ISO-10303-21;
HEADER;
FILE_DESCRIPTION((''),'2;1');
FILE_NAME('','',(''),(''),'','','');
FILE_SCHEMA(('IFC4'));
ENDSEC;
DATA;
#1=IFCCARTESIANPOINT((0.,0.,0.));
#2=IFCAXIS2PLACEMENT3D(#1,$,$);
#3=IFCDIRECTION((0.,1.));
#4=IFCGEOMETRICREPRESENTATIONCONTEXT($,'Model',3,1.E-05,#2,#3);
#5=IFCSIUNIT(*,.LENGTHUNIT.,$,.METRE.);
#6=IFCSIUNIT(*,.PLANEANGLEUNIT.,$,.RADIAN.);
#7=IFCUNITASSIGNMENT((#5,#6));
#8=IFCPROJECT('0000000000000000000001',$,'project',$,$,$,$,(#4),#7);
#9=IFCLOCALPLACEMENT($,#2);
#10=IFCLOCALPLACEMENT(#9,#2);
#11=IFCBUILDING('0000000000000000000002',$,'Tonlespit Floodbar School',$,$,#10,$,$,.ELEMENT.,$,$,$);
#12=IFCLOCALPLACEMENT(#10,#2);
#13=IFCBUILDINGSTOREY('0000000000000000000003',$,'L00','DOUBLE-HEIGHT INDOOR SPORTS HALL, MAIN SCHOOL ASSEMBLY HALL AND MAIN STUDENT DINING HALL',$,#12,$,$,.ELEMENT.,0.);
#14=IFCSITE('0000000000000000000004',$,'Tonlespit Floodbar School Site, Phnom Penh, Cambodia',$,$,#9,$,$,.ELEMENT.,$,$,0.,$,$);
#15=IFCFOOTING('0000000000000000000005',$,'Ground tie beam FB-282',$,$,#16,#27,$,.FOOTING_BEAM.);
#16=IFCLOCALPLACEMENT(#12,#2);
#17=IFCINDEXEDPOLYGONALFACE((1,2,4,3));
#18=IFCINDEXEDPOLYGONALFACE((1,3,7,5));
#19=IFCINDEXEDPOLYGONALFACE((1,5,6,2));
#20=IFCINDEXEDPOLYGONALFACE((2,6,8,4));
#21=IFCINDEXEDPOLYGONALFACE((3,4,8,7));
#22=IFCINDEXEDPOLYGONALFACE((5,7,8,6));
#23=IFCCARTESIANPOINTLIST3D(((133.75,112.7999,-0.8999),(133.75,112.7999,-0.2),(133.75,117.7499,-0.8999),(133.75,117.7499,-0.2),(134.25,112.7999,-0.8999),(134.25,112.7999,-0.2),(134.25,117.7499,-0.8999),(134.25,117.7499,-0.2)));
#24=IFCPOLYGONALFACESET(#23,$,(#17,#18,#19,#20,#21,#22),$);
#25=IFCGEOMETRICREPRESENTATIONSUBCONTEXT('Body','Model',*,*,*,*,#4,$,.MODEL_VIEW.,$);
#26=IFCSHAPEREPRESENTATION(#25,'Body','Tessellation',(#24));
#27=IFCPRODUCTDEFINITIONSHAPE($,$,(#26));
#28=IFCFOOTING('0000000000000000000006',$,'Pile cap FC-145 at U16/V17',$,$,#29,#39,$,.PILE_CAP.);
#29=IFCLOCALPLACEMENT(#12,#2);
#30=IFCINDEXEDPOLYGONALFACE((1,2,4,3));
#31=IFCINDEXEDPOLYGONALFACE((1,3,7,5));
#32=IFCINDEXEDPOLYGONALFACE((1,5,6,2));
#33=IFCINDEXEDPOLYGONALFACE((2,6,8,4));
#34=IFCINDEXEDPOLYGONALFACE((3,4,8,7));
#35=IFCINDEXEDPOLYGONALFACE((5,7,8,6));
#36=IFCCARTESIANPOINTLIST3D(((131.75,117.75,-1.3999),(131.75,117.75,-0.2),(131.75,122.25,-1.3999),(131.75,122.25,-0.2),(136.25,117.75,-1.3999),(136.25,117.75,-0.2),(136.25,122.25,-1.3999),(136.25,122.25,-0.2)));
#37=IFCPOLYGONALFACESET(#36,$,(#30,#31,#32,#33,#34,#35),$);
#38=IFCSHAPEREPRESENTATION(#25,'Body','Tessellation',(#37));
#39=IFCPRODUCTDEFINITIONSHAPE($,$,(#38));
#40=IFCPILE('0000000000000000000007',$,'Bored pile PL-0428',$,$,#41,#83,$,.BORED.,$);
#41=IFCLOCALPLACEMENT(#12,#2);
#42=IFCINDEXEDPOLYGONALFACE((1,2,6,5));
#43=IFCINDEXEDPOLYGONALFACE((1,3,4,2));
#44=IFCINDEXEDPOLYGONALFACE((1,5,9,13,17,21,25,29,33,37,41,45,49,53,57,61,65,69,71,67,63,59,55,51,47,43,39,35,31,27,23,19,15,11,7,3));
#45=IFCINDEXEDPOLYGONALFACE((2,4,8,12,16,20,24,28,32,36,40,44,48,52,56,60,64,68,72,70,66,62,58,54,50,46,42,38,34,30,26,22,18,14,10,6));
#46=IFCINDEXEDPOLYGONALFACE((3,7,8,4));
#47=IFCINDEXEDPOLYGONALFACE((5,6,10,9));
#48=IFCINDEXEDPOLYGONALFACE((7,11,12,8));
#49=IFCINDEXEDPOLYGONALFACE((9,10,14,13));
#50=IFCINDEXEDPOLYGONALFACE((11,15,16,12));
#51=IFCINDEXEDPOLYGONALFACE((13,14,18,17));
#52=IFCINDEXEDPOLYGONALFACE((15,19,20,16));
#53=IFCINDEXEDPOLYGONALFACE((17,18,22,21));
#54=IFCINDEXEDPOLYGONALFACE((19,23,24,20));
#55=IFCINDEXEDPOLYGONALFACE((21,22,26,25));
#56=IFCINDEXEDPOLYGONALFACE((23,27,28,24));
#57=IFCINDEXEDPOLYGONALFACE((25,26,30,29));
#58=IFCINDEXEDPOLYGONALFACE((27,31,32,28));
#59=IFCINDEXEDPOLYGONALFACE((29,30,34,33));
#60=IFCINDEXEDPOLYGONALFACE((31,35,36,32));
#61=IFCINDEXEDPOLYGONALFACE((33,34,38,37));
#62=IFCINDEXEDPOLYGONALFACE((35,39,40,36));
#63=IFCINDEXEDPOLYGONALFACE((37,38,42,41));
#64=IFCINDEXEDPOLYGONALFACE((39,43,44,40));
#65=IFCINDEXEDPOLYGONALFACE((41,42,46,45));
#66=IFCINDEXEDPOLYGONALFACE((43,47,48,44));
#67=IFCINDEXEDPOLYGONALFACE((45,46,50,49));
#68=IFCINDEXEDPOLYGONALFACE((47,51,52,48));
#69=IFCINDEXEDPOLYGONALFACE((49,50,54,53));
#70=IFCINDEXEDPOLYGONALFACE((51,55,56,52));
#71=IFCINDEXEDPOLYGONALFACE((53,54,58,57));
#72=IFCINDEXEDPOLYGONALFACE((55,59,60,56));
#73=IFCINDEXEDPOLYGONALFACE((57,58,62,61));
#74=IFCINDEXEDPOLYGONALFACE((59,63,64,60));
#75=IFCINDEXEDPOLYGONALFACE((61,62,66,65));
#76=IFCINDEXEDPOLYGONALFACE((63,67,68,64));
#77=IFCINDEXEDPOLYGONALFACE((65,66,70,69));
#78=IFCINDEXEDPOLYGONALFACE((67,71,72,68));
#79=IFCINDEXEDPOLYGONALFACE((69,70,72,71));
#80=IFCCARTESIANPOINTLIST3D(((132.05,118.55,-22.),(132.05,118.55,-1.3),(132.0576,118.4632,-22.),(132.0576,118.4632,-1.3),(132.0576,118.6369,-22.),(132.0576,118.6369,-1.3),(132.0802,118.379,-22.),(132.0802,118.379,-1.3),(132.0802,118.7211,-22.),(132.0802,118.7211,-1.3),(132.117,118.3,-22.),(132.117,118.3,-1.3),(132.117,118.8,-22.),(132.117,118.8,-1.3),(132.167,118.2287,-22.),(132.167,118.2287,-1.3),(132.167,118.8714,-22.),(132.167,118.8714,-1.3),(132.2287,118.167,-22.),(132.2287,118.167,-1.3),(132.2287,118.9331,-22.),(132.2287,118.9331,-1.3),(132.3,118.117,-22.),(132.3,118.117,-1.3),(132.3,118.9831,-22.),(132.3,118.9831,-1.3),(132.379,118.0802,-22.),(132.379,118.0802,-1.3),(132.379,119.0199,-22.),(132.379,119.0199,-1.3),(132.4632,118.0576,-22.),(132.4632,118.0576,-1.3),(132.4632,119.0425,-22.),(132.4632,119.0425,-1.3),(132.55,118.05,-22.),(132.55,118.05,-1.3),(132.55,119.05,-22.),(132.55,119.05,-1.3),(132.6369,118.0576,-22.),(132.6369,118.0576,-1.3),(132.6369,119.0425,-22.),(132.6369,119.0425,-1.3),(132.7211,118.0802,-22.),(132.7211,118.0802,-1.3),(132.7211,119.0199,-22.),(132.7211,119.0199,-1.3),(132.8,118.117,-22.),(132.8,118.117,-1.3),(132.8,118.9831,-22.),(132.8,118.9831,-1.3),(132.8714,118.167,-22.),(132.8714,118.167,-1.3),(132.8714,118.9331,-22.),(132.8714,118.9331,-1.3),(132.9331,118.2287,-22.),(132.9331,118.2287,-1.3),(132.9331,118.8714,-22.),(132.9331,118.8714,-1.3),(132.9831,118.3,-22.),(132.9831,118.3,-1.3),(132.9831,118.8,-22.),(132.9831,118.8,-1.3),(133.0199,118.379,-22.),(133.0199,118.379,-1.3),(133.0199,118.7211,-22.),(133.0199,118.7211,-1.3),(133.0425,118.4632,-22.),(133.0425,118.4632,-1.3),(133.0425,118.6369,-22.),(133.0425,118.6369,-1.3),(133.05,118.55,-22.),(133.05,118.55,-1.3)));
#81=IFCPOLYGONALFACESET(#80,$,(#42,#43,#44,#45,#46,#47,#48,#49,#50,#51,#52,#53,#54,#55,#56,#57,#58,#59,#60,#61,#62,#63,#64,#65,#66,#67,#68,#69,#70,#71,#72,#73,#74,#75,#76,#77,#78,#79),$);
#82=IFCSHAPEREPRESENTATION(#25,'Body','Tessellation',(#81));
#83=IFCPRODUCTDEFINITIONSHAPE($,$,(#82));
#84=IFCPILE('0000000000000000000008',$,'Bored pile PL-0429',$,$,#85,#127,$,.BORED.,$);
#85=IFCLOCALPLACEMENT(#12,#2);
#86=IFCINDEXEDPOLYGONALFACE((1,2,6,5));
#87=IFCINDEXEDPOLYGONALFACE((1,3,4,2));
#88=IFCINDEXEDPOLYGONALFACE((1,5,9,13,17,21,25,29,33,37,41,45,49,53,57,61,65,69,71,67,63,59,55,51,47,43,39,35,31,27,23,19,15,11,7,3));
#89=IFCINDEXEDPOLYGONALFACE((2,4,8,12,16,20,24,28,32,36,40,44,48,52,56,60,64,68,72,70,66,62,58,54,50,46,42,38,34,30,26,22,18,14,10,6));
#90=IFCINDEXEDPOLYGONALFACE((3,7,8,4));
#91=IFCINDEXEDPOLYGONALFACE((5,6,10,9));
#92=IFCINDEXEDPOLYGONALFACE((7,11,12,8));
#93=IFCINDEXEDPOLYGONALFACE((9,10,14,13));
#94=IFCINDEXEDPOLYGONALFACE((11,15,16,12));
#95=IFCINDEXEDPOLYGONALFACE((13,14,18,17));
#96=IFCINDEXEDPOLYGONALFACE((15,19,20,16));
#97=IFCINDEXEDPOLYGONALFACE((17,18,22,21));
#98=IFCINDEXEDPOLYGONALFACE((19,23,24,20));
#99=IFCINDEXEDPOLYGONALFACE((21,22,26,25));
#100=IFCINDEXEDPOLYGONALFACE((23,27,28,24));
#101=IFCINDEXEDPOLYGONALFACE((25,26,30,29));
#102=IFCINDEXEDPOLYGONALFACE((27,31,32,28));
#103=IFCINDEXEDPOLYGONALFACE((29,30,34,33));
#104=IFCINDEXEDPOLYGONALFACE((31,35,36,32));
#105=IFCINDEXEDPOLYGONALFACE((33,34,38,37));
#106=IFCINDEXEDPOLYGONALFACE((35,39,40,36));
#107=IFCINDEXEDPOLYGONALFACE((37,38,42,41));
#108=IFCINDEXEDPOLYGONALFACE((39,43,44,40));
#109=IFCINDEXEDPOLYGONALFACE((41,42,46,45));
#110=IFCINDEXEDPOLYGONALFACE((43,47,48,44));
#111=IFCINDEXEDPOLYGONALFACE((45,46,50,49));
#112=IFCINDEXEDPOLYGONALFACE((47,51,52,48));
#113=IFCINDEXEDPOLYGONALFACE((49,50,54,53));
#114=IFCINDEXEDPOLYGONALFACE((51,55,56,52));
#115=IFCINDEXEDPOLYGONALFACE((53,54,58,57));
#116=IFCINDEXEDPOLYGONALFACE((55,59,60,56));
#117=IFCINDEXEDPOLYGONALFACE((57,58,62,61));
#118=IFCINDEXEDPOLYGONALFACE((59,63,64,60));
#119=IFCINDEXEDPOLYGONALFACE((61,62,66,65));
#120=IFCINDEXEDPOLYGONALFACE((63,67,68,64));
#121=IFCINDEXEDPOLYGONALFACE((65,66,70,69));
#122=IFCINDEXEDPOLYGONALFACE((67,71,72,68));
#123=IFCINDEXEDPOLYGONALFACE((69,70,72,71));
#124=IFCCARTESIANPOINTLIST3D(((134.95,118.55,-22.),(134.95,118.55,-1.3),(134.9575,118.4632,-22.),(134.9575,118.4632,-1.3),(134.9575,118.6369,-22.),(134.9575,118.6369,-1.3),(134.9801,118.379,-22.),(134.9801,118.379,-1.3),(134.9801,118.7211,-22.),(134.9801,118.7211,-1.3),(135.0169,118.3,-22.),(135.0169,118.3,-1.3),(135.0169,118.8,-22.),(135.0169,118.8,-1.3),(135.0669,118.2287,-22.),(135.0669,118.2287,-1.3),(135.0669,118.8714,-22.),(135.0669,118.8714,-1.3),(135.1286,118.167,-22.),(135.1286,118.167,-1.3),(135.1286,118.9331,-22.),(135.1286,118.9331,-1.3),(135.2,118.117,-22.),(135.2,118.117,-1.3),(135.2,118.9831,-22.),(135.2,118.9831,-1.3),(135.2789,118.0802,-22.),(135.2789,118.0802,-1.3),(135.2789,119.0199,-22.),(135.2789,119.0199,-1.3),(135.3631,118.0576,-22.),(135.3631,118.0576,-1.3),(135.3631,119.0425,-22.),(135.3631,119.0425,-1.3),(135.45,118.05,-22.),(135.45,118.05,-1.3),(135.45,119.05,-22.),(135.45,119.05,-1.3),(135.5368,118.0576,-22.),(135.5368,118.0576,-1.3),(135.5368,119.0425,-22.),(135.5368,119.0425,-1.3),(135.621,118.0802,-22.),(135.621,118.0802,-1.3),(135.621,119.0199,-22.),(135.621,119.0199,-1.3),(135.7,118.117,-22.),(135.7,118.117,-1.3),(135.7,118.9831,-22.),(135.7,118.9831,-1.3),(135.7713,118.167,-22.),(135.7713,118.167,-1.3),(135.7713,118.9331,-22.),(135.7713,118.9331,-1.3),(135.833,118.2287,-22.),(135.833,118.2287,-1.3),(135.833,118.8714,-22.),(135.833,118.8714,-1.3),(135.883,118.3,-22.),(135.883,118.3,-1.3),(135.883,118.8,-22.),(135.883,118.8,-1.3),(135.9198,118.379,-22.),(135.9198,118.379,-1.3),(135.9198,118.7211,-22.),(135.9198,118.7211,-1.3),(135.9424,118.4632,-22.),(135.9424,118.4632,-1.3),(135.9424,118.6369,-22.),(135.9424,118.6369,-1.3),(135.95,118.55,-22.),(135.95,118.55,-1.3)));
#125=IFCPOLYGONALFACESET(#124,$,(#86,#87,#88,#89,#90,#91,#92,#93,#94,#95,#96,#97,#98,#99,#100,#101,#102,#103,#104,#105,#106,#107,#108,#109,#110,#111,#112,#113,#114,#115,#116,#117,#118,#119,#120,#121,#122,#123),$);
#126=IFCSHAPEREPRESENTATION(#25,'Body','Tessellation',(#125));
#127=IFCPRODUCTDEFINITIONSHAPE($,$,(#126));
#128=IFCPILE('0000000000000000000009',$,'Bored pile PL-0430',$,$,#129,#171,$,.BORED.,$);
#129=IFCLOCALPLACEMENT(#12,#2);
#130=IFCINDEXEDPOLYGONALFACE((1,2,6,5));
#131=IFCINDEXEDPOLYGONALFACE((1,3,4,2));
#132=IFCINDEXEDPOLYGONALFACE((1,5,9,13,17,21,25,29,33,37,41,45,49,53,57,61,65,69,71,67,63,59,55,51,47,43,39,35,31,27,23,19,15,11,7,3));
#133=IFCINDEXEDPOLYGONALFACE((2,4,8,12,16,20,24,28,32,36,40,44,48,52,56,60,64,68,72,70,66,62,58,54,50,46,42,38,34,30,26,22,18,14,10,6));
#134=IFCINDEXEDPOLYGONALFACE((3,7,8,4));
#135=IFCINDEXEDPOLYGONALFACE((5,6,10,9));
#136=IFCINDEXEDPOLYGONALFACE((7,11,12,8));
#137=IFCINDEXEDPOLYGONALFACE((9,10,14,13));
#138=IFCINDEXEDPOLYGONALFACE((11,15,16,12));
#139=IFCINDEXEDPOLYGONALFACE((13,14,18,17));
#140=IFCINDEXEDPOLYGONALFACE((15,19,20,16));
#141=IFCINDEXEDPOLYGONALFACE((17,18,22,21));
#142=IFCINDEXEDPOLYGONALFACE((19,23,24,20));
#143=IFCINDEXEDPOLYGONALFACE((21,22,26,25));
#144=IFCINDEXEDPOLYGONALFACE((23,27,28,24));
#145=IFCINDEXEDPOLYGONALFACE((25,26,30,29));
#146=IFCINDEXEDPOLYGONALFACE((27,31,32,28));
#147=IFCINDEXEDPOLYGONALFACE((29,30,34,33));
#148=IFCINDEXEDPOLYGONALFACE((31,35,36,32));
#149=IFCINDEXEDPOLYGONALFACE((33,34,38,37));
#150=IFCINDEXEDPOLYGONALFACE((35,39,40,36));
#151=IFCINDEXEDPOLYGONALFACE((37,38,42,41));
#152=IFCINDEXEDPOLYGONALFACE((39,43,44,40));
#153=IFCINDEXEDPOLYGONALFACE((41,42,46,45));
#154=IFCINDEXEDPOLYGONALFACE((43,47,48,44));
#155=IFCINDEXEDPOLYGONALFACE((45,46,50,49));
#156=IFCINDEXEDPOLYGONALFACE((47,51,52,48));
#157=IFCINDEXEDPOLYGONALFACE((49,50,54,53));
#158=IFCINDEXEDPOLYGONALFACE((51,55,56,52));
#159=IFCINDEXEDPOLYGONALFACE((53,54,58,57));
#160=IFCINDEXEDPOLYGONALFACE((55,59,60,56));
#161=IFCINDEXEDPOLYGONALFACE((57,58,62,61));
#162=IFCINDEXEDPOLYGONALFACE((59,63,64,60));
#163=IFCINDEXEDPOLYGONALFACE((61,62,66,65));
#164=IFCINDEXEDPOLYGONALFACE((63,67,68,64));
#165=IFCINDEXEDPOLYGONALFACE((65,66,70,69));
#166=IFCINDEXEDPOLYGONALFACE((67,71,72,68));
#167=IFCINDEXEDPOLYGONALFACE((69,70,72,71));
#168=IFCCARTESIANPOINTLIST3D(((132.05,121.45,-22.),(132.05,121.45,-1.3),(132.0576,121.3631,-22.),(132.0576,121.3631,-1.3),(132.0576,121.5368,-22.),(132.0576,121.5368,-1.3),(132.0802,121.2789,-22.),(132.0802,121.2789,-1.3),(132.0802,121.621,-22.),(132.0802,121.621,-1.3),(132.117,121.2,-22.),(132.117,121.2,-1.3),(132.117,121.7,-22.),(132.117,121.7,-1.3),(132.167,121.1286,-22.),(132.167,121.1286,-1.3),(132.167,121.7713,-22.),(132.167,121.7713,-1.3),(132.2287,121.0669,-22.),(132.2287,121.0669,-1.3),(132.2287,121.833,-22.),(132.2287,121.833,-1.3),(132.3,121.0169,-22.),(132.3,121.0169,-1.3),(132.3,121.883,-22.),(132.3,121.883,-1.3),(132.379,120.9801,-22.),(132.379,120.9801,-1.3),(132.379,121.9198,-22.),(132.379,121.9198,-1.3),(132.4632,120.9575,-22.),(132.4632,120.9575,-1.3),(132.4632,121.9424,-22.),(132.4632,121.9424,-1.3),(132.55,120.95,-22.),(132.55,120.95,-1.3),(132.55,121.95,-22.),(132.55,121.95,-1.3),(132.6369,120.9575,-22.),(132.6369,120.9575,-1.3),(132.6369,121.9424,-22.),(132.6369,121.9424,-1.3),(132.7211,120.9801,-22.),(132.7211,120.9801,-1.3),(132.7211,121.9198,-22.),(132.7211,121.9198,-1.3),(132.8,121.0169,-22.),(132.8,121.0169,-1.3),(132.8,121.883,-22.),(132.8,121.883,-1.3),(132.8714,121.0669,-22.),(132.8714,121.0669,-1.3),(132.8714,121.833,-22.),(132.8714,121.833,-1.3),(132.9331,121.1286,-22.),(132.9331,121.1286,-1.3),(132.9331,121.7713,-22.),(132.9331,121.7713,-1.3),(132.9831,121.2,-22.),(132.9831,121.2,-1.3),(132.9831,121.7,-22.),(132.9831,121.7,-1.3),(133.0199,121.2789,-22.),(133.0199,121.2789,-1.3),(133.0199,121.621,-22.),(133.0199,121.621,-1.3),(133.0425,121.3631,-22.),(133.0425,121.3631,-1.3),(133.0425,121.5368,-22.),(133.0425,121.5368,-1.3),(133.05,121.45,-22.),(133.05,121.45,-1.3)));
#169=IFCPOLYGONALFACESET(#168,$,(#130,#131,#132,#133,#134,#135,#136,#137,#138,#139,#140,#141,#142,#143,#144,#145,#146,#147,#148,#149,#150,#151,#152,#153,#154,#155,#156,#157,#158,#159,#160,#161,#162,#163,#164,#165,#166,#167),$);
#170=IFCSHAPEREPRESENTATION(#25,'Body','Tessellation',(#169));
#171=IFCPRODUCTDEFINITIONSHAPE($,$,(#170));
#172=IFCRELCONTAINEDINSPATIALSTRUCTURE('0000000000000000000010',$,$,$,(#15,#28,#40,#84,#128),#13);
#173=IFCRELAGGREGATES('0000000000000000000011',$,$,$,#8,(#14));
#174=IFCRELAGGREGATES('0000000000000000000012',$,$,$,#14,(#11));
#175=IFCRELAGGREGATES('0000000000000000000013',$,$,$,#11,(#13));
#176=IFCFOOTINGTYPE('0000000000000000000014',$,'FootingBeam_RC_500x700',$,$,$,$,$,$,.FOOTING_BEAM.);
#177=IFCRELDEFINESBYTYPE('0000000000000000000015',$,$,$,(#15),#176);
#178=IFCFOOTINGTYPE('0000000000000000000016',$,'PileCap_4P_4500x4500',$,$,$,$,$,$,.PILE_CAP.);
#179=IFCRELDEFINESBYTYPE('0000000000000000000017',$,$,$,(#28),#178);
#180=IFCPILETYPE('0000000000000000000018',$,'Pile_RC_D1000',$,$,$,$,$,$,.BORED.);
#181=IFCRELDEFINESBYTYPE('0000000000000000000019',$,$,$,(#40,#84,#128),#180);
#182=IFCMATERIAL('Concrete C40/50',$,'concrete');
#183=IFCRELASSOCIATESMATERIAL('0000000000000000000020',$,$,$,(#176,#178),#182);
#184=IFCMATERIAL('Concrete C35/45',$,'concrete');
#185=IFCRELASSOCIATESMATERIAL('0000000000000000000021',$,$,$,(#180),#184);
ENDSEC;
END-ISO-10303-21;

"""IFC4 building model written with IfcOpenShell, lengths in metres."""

from ifc_helpers import new_model, si_unit, direction, frame, origin, origin_2d, place, context, subcontext, project, spatial, rectangle, circle, extrude, material, material_profile, profile_set, type_object, element, save


model = new_model("IFC4")

# Units and contexts
model_context = context("Model", 3, precision=1e-05, world=origin(), true_north=direction((0.0, 1.0)))
body_context = subcontext(model_context, "Body", "Model", "MODEL_VIEW")
ifc_project = project(units=[si_unit("LENGTHUNIT", "METRE"), si_unit("PLANEANGLEUNIT", "RADIAN")], contexts=[model_context])

# Site, building, storey
site_placement = place(None, origin())
site = spatial("IfcSite", under=ifc_project, at=site_placement, Name="Tonlespit Floodbar School Site, Phnom Penh, Cambodia", CompositionType="ELEMENT", RefElevation=0.0)
building_placement = place(site_placement, origin())
building = spatial("IfcBuilding", under=site, at=building_placement, Name="Tonlespit Floodbar School", CompositionType="ELEMENT")
storey_placement = place(building_placement, origin())
storey = spatial("IfcBuildingStorey", under=building, at=storey_placement, Name="L00", Description="DOUBLE-HEIGHT INDOOR SPORTS HALL, MAIN SCHOOL ASSEMBLY HALL AND MAIN STUDENT DINING HALL", CompositionType="ELEMENT", Elevation=0.0)

# Footings
ifc_material_1 = material(Name="Concrete C40/50", Category="concrete")
footing_type_1 = type_object("IfcFootingType", Name="FootingBeam_RC_500x700", PredefinedType="FOOTING_BEAM", material=ifc_material_1)
footing_1_placement = place(storey_placement, frame((134.0, 115.2749, -0.8999), z_axis=(0.0, 0.0, 1.0), x_axis=(0.0, 1.0, 0.0)))
element("IfcFooting", 1, at=footing_1_placement, inside=storey, type_object=footing_type_1, Name="Ground tie beam FB-282", PredefinedType="FOOTING_BEAM", context=body_context, shape_type="SweptSolid", body=[
    extrude(rectangle(XDim=4.95, YDim=0.5, at=origin_2d()), origin(), (0.0, 0.0, 1.0), 0.7),
])
footing_type_2 = type_object("IfcFootingType", Name="PileCap_4P_4500x4500", PredefinedType="PILE_CAP", material=ifc_material_1)
footing_2_placement = place(storey_placement, frame((134.0, 120.0, -1.3999), z_axis=(0.0, 0.0, 1.0), x_axis=(1.0, 0.0, 0.0)))
element("IfcFooting", 2, at=footing_2_placement, inside=storey, type_object=footing_type_2, Name="Pile cap FC-145 at U16/V17", PredefinedType="PILE_CAP", context=body_context, shape_type="SweptSolid", body=[
    extrude(rectangle(XDim=4.5, YDim=4.5, at=origin_2d()), origin(), (0.0, 0.0, 1.0), 1.2),
])

# Piles
ifc_material_2 = material(Name="Concrete C35/45", Category="concrete")
ifc_material_profile_1 = material_profile(ifc_material_2, circle(Radius=0.5, at=origin_2d()), Name="BP D1000")
ifc_profile_set_1 = profile_set([ifc_material_profile_1], Name="Concrete C35/45")
pile_type = type_object("IfcPileType", Name="Pile_RC_D1000", PredefinedType="BORED", material=ifc_profile_set_1)
for number, where, z_axis, x_axis, name in (
    (3, (132.55, 118.55, -1.3), (0.0, 0.0, -1.0), (1.0, 0.0, 0.0), "Bored pile PL-0428"),
    (4, (135.45, 118.55, -1.3), (0.0, 0.0, -1.0), (1.0, 0.0, 0.0), "Bored pile PL-0429"),
    (5, (132.55, 121.45, -1.3), (0.0, 0.0, -1.0), (1.0, 0.0, 0.0), "Bored pile PL-0430"),
):
    element("IfcPile", number, at=place(storey_placement, frame(where, z_axis=z_axis, x_axis=x_axis)), inside=storey, type_object=pile_type, Name=name, PredefinedType="BORED", context=body_context, shape_type="SweptSolid", body=[
        extrude(circle(Radius=0.5, at=origin_2d()), origin(), (0.0, 0.0, 1.0), 20.7),
    ])

save(model, "model.ifc")
